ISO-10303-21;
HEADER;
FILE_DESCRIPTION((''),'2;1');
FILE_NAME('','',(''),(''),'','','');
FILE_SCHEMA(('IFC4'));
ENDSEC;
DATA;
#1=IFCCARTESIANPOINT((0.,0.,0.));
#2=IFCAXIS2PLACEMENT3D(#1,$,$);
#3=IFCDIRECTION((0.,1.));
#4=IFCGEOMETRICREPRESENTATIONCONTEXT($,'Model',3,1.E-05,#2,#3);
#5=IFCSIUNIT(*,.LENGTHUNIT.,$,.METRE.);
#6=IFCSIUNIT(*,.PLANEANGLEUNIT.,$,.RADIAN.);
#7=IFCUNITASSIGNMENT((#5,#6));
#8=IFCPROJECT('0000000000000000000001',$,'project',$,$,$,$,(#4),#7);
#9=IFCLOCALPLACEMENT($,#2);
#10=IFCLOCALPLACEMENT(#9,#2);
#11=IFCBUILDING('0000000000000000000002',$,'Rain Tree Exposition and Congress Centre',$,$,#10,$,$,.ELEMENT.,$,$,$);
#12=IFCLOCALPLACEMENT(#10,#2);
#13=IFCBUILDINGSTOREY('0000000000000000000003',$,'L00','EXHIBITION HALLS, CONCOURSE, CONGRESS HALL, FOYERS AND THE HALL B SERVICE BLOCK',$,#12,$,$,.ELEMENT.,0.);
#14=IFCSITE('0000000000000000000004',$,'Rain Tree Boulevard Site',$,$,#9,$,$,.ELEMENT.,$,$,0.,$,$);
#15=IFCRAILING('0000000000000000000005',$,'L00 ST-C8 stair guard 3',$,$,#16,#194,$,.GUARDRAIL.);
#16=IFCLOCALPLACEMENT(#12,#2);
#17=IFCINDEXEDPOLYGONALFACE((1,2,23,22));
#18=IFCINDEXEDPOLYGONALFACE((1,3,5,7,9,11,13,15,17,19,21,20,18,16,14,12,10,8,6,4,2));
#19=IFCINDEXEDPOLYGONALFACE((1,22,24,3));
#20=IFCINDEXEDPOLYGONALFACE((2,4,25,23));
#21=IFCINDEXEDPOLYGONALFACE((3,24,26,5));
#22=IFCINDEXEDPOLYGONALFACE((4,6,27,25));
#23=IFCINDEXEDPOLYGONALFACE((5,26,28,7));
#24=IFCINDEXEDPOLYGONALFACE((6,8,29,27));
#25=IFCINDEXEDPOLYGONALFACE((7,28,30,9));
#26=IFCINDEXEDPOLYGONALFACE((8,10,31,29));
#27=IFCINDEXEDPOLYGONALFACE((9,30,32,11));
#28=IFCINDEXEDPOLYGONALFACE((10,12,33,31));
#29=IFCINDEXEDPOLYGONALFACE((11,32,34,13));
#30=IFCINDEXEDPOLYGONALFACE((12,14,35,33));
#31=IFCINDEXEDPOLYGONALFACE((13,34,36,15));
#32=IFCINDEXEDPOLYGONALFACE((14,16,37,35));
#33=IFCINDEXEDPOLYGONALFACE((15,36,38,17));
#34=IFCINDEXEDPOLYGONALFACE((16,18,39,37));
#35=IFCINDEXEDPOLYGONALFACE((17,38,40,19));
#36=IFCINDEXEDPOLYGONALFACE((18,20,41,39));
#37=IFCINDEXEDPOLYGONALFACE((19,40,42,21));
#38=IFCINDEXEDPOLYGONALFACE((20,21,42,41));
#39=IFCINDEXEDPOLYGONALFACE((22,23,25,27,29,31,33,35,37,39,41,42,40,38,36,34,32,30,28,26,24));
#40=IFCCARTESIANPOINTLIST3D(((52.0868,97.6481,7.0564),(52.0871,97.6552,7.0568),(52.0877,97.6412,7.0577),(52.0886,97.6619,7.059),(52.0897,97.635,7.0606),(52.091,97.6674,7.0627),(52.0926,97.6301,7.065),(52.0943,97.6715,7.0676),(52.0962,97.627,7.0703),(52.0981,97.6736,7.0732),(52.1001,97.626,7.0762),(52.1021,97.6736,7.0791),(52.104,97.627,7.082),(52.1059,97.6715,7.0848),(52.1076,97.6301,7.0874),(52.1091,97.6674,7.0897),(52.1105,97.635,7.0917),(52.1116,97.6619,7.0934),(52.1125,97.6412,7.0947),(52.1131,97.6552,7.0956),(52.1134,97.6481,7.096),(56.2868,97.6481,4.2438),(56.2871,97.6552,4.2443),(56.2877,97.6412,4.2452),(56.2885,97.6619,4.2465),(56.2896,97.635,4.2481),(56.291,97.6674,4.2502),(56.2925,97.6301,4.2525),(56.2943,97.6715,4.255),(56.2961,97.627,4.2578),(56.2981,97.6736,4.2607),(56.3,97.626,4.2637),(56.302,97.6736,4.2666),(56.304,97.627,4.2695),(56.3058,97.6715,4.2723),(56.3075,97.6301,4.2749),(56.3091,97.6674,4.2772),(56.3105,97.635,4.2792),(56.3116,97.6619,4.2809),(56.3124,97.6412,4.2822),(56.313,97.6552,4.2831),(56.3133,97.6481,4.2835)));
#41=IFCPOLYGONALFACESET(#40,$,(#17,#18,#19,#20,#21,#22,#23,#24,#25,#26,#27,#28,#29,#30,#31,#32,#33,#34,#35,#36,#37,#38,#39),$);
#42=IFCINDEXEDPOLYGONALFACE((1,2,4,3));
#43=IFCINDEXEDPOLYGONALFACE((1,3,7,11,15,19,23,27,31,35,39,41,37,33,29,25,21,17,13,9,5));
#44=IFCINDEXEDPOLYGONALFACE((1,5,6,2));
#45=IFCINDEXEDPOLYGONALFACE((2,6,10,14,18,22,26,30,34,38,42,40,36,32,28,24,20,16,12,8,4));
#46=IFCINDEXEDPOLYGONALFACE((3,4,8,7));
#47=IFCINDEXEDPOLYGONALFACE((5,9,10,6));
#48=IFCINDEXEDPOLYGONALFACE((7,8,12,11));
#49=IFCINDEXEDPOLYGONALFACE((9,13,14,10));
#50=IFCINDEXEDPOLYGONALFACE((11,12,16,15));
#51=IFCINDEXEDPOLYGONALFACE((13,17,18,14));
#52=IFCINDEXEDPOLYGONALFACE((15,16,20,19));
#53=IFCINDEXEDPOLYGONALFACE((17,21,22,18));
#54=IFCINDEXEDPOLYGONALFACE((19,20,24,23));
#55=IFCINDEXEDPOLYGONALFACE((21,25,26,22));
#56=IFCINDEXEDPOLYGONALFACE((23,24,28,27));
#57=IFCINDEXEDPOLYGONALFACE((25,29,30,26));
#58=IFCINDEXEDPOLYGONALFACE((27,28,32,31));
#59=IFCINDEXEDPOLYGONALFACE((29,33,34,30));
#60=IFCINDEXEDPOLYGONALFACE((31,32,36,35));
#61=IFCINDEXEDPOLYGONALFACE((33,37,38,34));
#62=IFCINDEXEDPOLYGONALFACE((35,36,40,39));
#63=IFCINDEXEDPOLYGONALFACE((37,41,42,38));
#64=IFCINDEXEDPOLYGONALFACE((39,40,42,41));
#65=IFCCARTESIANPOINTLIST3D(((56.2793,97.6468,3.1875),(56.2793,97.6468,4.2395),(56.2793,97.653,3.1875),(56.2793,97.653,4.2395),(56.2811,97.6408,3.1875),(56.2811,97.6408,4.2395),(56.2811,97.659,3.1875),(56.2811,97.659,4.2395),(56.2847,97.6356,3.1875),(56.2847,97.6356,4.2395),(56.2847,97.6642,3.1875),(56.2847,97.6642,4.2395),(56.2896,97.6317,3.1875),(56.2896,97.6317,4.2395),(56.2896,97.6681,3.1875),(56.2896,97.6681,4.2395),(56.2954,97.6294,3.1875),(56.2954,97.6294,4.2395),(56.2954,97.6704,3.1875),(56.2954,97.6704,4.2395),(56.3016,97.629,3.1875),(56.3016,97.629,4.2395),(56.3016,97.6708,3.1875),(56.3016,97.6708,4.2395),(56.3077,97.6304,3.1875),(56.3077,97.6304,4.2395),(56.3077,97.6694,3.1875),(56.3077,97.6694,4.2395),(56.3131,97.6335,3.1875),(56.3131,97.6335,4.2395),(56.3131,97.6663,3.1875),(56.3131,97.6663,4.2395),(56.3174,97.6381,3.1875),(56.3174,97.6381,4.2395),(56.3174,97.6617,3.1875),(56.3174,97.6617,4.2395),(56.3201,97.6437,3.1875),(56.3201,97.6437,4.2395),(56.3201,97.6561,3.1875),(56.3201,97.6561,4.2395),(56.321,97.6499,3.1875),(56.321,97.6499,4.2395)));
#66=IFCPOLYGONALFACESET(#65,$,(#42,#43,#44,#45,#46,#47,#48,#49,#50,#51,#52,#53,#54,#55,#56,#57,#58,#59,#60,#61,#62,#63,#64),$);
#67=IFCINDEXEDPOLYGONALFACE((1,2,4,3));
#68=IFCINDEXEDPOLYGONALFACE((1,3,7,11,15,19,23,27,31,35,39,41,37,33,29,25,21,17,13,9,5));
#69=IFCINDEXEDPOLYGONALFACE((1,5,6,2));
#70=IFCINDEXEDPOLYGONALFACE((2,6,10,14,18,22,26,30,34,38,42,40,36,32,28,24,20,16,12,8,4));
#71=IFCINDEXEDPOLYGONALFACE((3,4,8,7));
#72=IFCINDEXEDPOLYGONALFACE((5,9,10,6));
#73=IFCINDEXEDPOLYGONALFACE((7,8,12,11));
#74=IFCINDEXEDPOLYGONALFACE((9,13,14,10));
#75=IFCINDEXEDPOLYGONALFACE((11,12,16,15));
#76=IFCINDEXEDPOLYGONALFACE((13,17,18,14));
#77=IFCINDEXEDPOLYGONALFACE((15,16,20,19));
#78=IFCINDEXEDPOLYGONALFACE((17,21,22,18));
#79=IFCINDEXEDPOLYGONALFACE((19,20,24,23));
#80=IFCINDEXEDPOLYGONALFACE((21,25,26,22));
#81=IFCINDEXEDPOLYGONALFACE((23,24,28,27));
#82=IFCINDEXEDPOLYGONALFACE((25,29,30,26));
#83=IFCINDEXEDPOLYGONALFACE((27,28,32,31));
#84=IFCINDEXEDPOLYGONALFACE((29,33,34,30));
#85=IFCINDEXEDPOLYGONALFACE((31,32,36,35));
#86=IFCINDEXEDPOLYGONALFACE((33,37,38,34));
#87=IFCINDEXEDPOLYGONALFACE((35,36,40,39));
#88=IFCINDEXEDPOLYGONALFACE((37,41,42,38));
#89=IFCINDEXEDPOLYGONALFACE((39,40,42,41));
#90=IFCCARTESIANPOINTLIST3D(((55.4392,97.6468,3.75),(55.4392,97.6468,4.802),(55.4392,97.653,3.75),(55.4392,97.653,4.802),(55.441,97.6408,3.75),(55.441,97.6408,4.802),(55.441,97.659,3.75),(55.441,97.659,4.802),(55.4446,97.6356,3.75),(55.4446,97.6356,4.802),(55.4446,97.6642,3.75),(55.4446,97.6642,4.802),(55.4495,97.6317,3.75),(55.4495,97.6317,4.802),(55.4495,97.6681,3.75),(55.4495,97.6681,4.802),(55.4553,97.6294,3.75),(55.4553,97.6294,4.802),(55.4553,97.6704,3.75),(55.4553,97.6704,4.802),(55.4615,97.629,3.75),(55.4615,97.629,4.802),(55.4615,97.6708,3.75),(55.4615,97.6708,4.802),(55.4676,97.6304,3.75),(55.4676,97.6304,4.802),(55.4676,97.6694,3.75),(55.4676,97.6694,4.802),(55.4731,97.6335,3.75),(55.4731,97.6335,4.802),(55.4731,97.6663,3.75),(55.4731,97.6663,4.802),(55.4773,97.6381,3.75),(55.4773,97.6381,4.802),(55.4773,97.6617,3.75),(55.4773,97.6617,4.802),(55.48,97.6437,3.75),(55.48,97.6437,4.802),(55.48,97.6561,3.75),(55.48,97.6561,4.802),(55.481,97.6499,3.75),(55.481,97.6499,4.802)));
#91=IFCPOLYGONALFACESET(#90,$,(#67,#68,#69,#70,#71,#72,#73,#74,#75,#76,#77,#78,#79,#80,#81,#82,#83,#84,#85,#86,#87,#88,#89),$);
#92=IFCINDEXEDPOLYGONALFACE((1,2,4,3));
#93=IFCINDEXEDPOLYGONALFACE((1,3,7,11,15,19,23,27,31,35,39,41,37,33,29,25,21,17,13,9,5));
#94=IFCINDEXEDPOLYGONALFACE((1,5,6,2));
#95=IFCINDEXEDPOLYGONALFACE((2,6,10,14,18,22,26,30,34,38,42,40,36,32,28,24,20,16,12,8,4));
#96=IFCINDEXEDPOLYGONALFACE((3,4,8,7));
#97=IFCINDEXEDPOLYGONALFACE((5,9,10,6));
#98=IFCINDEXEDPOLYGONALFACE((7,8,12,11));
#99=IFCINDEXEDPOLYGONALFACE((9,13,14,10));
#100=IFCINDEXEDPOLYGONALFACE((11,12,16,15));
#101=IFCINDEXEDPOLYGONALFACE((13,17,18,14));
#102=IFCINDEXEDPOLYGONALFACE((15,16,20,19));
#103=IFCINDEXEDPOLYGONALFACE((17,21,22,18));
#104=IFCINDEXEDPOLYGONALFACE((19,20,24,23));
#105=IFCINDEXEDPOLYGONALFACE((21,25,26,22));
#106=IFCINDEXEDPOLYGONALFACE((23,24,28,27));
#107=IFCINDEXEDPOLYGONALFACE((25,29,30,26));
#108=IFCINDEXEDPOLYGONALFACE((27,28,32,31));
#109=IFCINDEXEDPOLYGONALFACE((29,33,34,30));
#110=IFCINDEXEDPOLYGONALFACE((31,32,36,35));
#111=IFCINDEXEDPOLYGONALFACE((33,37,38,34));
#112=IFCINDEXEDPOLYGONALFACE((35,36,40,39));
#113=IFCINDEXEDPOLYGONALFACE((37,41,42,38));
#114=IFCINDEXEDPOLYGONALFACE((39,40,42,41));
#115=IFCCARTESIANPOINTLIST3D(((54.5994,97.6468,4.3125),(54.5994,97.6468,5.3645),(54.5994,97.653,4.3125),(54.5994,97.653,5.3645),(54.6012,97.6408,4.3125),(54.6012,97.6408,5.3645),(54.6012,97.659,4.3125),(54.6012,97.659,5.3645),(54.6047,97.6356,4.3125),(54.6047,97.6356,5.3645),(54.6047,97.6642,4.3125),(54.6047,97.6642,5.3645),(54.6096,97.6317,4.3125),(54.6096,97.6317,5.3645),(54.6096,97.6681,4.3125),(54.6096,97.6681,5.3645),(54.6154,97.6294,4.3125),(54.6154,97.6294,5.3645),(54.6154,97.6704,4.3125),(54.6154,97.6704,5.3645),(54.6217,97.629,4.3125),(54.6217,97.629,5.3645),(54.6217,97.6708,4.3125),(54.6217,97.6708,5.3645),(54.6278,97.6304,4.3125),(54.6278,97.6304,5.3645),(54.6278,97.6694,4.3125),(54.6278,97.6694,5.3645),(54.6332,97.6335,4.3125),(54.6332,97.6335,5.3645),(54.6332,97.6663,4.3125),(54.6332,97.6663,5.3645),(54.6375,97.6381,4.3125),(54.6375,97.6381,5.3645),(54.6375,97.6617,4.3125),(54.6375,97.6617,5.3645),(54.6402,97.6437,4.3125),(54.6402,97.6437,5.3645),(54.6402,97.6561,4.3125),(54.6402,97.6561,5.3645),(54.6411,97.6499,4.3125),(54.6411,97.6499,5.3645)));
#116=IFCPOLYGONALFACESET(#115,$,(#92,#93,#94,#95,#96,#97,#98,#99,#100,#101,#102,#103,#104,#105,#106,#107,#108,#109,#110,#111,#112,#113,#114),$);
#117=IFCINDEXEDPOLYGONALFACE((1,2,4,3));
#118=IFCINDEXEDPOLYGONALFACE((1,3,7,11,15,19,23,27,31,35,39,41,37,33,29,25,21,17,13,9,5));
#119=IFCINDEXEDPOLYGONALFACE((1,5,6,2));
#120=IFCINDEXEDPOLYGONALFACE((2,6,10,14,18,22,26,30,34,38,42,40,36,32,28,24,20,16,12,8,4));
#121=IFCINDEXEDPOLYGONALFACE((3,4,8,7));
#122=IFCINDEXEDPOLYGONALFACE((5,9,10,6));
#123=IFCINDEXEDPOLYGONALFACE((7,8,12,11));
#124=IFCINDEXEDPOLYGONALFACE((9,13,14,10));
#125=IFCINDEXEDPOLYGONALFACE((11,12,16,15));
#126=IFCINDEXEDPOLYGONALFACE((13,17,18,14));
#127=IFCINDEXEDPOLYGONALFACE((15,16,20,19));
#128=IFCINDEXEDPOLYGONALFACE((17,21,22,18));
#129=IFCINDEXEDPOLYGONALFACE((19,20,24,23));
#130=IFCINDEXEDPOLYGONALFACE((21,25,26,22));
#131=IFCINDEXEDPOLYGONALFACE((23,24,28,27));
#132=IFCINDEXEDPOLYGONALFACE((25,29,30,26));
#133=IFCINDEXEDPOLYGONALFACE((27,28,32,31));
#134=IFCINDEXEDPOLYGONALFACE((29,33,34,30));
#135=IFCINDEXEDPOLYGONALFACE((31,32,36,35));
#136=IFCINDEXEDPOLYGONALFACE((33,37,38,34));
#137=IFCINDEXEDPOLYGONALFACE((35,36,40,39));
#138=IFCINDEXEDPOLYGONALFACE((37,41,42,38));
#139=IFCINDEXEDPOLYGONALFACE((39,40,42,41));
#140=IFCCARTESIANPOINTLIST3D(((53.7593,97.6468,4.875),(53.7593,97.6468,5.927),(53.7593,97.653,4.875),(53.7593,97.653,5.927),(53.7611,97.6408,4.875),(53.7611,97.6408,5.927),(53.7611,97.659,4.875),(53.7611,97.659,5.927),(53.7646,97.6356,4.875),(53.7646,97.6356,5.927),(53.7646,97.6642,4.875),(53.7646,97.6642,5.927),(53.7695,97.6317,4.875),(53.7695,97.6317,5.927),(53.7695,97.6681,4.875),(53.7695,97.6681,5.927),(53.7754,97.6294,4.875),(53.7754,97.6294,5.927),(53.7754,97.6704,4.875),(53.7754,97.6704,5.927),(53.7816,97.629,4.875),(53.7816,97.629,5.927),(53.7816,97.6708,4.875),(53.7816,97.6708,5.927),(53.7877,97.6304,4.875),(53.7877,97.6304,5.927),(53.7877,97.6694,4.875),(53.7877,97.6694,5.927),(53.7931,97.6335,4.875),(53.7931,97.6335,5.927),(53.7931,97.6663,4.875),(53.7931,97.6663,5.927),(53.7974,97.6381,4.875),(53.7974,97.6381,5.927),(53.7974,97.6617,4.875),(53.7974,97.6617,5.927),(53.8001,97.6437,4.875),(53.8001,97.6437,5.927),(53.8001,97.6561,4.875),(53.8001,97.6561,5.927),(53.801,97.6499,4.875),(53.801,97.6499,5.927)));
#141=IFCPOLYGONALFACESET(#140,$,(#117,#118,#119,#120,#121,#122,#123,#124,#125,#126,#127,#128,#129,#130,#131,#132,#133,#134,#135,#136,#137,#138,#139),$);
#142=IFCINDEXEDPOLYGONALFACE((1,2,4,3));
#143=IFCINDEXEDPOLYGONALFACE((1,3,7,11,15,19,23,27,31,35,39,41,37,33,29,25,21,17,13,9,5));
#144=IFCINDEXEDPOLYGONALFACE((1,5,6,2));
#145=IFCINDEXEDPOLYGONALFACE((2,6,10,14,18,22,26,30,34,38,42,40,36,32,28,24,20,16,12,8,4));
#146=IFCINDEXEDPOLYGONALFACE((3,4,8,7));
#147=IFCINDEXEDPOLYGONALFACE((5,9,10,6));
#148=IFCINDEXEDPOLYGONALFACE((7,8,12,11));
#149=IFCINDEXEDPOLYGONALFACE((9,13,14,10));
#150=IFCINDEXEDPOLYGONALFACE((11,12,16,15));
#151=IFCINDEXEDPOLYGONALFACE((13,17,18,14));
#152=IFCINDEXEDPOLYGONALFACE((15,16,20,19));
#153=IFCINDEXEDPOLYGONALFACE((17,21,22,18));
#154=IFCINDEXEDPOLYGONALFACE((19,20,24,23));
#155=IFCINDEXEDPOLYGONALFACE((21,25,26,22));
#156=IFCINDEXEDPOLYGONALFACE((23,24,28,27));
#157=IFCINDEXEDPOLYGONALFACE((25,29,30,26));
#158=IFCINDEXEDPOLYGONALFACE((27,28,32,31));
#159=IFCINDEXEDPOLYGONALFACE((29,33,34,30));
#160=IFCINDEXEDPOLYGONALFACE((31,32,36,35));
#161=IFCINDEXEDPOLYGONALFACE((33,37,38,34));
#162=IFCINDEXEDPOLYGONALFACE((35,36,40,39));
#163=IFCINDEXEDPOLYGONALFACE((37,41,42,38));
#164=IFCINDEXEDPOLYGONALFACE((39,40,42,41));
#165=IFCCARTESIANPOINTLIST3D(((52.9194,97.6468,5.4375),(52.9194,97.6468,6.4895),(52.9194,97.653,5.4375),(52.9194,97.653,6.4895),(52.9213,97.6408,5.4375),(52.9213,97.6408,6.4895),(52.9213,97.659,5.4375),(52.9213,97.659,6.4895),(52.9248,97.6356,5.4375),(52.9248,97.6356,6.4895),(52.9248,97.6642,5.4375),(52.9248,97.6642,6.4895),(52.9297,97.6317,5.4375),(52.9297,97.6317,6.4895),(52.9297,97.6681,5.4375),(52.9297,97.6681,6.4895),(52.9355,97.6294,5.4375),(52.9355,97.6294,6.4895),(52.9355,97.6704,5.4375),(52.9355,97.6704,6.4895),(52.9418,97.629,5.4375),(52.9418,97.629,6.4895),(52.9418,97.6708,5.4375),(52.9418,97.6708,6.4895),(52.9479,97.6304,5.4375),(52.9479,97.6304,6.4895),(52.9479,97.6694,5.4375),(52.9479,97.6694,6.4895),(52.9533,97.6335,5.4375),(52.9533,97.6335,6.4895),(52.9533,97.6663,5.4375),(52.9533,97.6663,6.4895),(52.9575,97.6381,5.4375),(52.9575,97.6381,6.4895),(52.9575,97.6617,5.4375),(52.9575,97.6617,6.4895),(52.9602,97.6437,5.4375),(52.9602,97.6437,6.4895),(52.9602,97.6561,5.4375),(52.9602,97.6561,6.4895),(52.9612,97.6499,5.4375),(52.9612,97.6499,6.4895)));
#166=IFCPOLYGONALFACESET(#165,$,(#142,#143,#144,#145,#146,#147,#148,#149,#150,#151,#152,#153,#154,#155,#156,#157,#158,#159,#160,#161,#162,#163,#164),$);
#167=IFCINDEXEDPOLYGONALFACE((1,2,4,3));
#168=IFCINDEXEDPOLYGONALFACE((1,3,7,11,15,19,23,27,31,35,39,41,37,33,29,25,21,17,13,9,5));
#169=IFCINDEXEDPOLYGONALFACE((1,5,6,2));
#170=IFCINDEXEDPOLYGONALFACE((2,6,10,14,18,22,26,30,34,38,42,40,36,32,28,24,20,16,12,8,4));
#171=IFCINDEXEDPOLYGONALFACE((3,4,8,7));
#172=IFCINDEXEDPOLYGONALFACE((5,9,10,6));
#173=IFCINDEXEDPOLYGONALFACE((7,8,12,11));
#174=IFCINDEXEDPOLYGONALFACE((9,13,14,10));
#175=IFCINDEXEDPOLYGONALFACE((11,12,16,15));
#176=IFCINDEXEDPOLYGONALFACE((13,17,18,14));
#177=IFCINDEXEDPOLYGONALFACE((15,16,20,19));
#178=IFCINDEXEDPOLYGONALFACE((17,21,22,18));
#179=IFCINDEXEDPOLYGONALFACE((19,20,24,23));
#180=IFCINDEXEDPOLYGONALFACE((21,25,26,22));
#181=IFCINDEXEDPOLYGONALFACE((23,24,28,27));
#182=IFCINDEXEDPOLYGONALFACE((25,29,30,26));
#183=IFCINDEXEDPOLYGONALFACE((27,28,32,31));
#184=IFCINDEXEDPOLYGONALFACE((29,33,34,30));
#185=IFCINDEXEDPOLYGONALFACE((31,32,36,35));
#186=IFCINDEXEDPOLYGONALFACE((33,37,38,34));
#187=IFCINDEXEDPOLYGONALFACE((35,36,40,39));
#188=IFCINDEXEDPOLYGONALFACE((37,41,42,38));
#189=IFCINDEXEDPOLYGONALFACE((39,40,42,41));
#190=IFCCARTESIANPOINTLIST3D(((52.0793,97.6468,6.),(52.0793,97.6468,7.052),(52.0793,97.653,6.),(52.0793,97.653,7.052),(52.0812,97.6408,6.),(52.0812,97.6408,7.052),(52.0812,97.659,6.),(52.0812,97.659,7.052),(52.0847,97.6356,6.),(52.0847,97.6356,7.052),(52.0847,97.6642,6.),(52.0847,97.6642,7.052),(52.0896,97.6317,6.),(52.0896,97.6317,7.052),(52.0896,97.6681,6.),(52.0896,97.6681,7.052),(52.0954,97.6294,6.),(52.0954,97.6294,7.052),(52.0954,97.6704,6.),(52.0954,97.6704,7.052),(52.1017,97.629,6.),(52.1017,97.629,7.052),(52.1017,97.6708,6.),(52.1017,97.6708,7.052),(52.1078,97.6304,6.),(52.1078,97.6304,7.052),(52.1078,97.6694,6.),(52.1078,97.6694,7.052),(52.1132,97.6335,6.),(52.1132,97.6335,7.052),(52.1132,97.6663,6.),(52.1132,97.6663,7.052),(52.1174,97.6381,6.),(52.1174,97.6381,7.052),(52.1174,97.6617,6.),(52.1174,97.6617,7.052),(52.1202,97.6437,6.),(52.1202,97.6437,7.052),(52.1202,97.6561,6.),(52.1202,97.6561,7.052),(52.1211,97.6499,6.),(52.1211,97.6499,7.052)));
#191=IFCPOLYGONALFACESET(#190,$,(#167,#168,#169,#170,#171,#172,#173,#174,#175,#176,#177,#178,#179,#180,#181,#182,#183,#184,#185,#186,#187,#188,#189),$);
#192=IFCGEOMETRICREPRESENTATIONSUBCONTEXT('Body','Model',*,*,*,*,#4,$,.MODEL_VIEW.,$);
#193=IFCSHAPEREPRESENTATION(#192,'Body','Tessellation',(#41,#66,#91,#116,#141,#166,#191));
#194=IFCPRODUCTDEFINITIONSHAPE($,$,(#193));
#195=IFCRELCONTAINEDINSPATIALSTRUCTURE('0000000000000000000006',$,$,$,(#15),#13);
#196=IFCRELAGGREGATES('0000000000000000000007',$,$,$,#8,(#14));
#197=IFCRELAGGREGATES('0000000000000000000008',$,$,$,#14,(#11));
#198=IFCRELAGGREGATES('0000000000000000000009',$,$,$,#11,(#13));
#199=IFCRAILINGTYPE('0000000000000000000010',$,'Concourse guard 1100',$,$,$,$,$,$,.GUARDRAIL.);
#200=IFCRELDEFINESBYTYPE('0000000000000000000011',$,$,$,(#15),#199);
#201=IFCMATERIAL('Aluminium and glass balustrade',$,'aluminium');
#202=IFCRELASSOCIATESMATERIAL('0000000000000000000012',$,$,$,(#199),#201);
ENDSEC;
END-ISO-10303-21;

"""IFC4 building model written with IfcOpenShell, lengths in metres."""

from ifc_helpers import new_model, si_unit, direction, frame, origin, origin_2d, place, context, subcontext, project, spatial, circle, extrude, material, type_object, element, save


model = new_model("IFC4")

# Units and contexts
model_context = context("Model", 3, precision=1e-05, world=origin(), true_north=direction((0.0, 1.0)))
body_context = subcontext(model_context, "Body", "Model", "MODEL_VIEW")
ifc_project = project(units=[si_unit("LENGTHUNIT", "METRE"), si_unit("PLANEANGLEUNIT", "RADIAN")], contexts=[model_context])

# Site, building, storey
site_placement = place(None, origin())
site = spatial("IfcSite", under=ifc_project, at=site_placement, Name="Rain Tree Boulevard Site", CompositionType="ELEMENT", RefElevation=0.0)
building_placement = place(site_placement, origin())
building = spatial("IfcBuilding", under=site, at=building_placement, Name="Rain Tree Exposition and Congress Centre", CompositionType="ELEMENT")
storey_placement = place(building_placement, origin())
storey = spatial("IfcBuildingStorey", under=building, at=storey_placement, Name="L00", Description="EXHIBITION HALLS, CONCOURSE, CONGRESS HALL, FOYERS AND THE HALL B SERVICE BLOCK", CompositionType="ELEMENT", Elevation=0.0)

# Railing
ifc_material_1 = material(Name="Aluminium and glass balustrade", Category="aluminium")
railing_type_1 = type_object("IfcRailingType", Name="Concourse guard 1100", PredefinedType="GUARDRAIL", material=ifc_material_1)
railing_1_placement = place(storey_placement, frame((56.3, 97.6499, 3.1875)))
element("IfcRailing", 1, at=railing_1_placement, inside=storey, type_object=railing_type_1, Name="L00 ST-C8 stair guard 3", PredefinedType="GUARDRAIL", context=body_context, shape_type="SweptSolid", body=[
    extrude(circle(Radius=0.0239, at=origin_2d()), frame((0.0, 0.0, 1.0762), z_axis=(-0.830904, 0.0, 0.556416), x_axis=(0.0, -1.0, 0.0)), (0.0, 0.0, 1.0), 5.0547),
    extrude(circle(Radius=0.021, at=origin_2d()), origin(), (0.0, 0.0, 1.0), 1.052),
    extrude(circle(Radius=0.021, at=origin_2d()), frame((-0.8401, 0.0, 0.5625)), (0.0, 0.0, 1.0), 1.052),
    extrude(circle(Radius=0.021, at=origin_2d()), frame((-1.6799, 0.0, 1.125)), (0.0, 0.0, 1.0), 1.052),
    extrude(circle(Radius=0.021, at=origin_2d()), frame((-2.52, 0.0, 1.6875)), (0.0, 0.0, 1.0), 1.052),
    extrude(circle(Radius=0.021, at=origin_2d()), frame((-3.3599, 0.0, 2.25)), (0.0, 0.0, 1.0), 1.052),
    extrude(circle(Radius=0.021, at=origin_2d()), frame((-4.2, 0.0, 2.8125)), (0.0, 0.0, 1.0), 1.052),
])

save(model, "model.ifc")
